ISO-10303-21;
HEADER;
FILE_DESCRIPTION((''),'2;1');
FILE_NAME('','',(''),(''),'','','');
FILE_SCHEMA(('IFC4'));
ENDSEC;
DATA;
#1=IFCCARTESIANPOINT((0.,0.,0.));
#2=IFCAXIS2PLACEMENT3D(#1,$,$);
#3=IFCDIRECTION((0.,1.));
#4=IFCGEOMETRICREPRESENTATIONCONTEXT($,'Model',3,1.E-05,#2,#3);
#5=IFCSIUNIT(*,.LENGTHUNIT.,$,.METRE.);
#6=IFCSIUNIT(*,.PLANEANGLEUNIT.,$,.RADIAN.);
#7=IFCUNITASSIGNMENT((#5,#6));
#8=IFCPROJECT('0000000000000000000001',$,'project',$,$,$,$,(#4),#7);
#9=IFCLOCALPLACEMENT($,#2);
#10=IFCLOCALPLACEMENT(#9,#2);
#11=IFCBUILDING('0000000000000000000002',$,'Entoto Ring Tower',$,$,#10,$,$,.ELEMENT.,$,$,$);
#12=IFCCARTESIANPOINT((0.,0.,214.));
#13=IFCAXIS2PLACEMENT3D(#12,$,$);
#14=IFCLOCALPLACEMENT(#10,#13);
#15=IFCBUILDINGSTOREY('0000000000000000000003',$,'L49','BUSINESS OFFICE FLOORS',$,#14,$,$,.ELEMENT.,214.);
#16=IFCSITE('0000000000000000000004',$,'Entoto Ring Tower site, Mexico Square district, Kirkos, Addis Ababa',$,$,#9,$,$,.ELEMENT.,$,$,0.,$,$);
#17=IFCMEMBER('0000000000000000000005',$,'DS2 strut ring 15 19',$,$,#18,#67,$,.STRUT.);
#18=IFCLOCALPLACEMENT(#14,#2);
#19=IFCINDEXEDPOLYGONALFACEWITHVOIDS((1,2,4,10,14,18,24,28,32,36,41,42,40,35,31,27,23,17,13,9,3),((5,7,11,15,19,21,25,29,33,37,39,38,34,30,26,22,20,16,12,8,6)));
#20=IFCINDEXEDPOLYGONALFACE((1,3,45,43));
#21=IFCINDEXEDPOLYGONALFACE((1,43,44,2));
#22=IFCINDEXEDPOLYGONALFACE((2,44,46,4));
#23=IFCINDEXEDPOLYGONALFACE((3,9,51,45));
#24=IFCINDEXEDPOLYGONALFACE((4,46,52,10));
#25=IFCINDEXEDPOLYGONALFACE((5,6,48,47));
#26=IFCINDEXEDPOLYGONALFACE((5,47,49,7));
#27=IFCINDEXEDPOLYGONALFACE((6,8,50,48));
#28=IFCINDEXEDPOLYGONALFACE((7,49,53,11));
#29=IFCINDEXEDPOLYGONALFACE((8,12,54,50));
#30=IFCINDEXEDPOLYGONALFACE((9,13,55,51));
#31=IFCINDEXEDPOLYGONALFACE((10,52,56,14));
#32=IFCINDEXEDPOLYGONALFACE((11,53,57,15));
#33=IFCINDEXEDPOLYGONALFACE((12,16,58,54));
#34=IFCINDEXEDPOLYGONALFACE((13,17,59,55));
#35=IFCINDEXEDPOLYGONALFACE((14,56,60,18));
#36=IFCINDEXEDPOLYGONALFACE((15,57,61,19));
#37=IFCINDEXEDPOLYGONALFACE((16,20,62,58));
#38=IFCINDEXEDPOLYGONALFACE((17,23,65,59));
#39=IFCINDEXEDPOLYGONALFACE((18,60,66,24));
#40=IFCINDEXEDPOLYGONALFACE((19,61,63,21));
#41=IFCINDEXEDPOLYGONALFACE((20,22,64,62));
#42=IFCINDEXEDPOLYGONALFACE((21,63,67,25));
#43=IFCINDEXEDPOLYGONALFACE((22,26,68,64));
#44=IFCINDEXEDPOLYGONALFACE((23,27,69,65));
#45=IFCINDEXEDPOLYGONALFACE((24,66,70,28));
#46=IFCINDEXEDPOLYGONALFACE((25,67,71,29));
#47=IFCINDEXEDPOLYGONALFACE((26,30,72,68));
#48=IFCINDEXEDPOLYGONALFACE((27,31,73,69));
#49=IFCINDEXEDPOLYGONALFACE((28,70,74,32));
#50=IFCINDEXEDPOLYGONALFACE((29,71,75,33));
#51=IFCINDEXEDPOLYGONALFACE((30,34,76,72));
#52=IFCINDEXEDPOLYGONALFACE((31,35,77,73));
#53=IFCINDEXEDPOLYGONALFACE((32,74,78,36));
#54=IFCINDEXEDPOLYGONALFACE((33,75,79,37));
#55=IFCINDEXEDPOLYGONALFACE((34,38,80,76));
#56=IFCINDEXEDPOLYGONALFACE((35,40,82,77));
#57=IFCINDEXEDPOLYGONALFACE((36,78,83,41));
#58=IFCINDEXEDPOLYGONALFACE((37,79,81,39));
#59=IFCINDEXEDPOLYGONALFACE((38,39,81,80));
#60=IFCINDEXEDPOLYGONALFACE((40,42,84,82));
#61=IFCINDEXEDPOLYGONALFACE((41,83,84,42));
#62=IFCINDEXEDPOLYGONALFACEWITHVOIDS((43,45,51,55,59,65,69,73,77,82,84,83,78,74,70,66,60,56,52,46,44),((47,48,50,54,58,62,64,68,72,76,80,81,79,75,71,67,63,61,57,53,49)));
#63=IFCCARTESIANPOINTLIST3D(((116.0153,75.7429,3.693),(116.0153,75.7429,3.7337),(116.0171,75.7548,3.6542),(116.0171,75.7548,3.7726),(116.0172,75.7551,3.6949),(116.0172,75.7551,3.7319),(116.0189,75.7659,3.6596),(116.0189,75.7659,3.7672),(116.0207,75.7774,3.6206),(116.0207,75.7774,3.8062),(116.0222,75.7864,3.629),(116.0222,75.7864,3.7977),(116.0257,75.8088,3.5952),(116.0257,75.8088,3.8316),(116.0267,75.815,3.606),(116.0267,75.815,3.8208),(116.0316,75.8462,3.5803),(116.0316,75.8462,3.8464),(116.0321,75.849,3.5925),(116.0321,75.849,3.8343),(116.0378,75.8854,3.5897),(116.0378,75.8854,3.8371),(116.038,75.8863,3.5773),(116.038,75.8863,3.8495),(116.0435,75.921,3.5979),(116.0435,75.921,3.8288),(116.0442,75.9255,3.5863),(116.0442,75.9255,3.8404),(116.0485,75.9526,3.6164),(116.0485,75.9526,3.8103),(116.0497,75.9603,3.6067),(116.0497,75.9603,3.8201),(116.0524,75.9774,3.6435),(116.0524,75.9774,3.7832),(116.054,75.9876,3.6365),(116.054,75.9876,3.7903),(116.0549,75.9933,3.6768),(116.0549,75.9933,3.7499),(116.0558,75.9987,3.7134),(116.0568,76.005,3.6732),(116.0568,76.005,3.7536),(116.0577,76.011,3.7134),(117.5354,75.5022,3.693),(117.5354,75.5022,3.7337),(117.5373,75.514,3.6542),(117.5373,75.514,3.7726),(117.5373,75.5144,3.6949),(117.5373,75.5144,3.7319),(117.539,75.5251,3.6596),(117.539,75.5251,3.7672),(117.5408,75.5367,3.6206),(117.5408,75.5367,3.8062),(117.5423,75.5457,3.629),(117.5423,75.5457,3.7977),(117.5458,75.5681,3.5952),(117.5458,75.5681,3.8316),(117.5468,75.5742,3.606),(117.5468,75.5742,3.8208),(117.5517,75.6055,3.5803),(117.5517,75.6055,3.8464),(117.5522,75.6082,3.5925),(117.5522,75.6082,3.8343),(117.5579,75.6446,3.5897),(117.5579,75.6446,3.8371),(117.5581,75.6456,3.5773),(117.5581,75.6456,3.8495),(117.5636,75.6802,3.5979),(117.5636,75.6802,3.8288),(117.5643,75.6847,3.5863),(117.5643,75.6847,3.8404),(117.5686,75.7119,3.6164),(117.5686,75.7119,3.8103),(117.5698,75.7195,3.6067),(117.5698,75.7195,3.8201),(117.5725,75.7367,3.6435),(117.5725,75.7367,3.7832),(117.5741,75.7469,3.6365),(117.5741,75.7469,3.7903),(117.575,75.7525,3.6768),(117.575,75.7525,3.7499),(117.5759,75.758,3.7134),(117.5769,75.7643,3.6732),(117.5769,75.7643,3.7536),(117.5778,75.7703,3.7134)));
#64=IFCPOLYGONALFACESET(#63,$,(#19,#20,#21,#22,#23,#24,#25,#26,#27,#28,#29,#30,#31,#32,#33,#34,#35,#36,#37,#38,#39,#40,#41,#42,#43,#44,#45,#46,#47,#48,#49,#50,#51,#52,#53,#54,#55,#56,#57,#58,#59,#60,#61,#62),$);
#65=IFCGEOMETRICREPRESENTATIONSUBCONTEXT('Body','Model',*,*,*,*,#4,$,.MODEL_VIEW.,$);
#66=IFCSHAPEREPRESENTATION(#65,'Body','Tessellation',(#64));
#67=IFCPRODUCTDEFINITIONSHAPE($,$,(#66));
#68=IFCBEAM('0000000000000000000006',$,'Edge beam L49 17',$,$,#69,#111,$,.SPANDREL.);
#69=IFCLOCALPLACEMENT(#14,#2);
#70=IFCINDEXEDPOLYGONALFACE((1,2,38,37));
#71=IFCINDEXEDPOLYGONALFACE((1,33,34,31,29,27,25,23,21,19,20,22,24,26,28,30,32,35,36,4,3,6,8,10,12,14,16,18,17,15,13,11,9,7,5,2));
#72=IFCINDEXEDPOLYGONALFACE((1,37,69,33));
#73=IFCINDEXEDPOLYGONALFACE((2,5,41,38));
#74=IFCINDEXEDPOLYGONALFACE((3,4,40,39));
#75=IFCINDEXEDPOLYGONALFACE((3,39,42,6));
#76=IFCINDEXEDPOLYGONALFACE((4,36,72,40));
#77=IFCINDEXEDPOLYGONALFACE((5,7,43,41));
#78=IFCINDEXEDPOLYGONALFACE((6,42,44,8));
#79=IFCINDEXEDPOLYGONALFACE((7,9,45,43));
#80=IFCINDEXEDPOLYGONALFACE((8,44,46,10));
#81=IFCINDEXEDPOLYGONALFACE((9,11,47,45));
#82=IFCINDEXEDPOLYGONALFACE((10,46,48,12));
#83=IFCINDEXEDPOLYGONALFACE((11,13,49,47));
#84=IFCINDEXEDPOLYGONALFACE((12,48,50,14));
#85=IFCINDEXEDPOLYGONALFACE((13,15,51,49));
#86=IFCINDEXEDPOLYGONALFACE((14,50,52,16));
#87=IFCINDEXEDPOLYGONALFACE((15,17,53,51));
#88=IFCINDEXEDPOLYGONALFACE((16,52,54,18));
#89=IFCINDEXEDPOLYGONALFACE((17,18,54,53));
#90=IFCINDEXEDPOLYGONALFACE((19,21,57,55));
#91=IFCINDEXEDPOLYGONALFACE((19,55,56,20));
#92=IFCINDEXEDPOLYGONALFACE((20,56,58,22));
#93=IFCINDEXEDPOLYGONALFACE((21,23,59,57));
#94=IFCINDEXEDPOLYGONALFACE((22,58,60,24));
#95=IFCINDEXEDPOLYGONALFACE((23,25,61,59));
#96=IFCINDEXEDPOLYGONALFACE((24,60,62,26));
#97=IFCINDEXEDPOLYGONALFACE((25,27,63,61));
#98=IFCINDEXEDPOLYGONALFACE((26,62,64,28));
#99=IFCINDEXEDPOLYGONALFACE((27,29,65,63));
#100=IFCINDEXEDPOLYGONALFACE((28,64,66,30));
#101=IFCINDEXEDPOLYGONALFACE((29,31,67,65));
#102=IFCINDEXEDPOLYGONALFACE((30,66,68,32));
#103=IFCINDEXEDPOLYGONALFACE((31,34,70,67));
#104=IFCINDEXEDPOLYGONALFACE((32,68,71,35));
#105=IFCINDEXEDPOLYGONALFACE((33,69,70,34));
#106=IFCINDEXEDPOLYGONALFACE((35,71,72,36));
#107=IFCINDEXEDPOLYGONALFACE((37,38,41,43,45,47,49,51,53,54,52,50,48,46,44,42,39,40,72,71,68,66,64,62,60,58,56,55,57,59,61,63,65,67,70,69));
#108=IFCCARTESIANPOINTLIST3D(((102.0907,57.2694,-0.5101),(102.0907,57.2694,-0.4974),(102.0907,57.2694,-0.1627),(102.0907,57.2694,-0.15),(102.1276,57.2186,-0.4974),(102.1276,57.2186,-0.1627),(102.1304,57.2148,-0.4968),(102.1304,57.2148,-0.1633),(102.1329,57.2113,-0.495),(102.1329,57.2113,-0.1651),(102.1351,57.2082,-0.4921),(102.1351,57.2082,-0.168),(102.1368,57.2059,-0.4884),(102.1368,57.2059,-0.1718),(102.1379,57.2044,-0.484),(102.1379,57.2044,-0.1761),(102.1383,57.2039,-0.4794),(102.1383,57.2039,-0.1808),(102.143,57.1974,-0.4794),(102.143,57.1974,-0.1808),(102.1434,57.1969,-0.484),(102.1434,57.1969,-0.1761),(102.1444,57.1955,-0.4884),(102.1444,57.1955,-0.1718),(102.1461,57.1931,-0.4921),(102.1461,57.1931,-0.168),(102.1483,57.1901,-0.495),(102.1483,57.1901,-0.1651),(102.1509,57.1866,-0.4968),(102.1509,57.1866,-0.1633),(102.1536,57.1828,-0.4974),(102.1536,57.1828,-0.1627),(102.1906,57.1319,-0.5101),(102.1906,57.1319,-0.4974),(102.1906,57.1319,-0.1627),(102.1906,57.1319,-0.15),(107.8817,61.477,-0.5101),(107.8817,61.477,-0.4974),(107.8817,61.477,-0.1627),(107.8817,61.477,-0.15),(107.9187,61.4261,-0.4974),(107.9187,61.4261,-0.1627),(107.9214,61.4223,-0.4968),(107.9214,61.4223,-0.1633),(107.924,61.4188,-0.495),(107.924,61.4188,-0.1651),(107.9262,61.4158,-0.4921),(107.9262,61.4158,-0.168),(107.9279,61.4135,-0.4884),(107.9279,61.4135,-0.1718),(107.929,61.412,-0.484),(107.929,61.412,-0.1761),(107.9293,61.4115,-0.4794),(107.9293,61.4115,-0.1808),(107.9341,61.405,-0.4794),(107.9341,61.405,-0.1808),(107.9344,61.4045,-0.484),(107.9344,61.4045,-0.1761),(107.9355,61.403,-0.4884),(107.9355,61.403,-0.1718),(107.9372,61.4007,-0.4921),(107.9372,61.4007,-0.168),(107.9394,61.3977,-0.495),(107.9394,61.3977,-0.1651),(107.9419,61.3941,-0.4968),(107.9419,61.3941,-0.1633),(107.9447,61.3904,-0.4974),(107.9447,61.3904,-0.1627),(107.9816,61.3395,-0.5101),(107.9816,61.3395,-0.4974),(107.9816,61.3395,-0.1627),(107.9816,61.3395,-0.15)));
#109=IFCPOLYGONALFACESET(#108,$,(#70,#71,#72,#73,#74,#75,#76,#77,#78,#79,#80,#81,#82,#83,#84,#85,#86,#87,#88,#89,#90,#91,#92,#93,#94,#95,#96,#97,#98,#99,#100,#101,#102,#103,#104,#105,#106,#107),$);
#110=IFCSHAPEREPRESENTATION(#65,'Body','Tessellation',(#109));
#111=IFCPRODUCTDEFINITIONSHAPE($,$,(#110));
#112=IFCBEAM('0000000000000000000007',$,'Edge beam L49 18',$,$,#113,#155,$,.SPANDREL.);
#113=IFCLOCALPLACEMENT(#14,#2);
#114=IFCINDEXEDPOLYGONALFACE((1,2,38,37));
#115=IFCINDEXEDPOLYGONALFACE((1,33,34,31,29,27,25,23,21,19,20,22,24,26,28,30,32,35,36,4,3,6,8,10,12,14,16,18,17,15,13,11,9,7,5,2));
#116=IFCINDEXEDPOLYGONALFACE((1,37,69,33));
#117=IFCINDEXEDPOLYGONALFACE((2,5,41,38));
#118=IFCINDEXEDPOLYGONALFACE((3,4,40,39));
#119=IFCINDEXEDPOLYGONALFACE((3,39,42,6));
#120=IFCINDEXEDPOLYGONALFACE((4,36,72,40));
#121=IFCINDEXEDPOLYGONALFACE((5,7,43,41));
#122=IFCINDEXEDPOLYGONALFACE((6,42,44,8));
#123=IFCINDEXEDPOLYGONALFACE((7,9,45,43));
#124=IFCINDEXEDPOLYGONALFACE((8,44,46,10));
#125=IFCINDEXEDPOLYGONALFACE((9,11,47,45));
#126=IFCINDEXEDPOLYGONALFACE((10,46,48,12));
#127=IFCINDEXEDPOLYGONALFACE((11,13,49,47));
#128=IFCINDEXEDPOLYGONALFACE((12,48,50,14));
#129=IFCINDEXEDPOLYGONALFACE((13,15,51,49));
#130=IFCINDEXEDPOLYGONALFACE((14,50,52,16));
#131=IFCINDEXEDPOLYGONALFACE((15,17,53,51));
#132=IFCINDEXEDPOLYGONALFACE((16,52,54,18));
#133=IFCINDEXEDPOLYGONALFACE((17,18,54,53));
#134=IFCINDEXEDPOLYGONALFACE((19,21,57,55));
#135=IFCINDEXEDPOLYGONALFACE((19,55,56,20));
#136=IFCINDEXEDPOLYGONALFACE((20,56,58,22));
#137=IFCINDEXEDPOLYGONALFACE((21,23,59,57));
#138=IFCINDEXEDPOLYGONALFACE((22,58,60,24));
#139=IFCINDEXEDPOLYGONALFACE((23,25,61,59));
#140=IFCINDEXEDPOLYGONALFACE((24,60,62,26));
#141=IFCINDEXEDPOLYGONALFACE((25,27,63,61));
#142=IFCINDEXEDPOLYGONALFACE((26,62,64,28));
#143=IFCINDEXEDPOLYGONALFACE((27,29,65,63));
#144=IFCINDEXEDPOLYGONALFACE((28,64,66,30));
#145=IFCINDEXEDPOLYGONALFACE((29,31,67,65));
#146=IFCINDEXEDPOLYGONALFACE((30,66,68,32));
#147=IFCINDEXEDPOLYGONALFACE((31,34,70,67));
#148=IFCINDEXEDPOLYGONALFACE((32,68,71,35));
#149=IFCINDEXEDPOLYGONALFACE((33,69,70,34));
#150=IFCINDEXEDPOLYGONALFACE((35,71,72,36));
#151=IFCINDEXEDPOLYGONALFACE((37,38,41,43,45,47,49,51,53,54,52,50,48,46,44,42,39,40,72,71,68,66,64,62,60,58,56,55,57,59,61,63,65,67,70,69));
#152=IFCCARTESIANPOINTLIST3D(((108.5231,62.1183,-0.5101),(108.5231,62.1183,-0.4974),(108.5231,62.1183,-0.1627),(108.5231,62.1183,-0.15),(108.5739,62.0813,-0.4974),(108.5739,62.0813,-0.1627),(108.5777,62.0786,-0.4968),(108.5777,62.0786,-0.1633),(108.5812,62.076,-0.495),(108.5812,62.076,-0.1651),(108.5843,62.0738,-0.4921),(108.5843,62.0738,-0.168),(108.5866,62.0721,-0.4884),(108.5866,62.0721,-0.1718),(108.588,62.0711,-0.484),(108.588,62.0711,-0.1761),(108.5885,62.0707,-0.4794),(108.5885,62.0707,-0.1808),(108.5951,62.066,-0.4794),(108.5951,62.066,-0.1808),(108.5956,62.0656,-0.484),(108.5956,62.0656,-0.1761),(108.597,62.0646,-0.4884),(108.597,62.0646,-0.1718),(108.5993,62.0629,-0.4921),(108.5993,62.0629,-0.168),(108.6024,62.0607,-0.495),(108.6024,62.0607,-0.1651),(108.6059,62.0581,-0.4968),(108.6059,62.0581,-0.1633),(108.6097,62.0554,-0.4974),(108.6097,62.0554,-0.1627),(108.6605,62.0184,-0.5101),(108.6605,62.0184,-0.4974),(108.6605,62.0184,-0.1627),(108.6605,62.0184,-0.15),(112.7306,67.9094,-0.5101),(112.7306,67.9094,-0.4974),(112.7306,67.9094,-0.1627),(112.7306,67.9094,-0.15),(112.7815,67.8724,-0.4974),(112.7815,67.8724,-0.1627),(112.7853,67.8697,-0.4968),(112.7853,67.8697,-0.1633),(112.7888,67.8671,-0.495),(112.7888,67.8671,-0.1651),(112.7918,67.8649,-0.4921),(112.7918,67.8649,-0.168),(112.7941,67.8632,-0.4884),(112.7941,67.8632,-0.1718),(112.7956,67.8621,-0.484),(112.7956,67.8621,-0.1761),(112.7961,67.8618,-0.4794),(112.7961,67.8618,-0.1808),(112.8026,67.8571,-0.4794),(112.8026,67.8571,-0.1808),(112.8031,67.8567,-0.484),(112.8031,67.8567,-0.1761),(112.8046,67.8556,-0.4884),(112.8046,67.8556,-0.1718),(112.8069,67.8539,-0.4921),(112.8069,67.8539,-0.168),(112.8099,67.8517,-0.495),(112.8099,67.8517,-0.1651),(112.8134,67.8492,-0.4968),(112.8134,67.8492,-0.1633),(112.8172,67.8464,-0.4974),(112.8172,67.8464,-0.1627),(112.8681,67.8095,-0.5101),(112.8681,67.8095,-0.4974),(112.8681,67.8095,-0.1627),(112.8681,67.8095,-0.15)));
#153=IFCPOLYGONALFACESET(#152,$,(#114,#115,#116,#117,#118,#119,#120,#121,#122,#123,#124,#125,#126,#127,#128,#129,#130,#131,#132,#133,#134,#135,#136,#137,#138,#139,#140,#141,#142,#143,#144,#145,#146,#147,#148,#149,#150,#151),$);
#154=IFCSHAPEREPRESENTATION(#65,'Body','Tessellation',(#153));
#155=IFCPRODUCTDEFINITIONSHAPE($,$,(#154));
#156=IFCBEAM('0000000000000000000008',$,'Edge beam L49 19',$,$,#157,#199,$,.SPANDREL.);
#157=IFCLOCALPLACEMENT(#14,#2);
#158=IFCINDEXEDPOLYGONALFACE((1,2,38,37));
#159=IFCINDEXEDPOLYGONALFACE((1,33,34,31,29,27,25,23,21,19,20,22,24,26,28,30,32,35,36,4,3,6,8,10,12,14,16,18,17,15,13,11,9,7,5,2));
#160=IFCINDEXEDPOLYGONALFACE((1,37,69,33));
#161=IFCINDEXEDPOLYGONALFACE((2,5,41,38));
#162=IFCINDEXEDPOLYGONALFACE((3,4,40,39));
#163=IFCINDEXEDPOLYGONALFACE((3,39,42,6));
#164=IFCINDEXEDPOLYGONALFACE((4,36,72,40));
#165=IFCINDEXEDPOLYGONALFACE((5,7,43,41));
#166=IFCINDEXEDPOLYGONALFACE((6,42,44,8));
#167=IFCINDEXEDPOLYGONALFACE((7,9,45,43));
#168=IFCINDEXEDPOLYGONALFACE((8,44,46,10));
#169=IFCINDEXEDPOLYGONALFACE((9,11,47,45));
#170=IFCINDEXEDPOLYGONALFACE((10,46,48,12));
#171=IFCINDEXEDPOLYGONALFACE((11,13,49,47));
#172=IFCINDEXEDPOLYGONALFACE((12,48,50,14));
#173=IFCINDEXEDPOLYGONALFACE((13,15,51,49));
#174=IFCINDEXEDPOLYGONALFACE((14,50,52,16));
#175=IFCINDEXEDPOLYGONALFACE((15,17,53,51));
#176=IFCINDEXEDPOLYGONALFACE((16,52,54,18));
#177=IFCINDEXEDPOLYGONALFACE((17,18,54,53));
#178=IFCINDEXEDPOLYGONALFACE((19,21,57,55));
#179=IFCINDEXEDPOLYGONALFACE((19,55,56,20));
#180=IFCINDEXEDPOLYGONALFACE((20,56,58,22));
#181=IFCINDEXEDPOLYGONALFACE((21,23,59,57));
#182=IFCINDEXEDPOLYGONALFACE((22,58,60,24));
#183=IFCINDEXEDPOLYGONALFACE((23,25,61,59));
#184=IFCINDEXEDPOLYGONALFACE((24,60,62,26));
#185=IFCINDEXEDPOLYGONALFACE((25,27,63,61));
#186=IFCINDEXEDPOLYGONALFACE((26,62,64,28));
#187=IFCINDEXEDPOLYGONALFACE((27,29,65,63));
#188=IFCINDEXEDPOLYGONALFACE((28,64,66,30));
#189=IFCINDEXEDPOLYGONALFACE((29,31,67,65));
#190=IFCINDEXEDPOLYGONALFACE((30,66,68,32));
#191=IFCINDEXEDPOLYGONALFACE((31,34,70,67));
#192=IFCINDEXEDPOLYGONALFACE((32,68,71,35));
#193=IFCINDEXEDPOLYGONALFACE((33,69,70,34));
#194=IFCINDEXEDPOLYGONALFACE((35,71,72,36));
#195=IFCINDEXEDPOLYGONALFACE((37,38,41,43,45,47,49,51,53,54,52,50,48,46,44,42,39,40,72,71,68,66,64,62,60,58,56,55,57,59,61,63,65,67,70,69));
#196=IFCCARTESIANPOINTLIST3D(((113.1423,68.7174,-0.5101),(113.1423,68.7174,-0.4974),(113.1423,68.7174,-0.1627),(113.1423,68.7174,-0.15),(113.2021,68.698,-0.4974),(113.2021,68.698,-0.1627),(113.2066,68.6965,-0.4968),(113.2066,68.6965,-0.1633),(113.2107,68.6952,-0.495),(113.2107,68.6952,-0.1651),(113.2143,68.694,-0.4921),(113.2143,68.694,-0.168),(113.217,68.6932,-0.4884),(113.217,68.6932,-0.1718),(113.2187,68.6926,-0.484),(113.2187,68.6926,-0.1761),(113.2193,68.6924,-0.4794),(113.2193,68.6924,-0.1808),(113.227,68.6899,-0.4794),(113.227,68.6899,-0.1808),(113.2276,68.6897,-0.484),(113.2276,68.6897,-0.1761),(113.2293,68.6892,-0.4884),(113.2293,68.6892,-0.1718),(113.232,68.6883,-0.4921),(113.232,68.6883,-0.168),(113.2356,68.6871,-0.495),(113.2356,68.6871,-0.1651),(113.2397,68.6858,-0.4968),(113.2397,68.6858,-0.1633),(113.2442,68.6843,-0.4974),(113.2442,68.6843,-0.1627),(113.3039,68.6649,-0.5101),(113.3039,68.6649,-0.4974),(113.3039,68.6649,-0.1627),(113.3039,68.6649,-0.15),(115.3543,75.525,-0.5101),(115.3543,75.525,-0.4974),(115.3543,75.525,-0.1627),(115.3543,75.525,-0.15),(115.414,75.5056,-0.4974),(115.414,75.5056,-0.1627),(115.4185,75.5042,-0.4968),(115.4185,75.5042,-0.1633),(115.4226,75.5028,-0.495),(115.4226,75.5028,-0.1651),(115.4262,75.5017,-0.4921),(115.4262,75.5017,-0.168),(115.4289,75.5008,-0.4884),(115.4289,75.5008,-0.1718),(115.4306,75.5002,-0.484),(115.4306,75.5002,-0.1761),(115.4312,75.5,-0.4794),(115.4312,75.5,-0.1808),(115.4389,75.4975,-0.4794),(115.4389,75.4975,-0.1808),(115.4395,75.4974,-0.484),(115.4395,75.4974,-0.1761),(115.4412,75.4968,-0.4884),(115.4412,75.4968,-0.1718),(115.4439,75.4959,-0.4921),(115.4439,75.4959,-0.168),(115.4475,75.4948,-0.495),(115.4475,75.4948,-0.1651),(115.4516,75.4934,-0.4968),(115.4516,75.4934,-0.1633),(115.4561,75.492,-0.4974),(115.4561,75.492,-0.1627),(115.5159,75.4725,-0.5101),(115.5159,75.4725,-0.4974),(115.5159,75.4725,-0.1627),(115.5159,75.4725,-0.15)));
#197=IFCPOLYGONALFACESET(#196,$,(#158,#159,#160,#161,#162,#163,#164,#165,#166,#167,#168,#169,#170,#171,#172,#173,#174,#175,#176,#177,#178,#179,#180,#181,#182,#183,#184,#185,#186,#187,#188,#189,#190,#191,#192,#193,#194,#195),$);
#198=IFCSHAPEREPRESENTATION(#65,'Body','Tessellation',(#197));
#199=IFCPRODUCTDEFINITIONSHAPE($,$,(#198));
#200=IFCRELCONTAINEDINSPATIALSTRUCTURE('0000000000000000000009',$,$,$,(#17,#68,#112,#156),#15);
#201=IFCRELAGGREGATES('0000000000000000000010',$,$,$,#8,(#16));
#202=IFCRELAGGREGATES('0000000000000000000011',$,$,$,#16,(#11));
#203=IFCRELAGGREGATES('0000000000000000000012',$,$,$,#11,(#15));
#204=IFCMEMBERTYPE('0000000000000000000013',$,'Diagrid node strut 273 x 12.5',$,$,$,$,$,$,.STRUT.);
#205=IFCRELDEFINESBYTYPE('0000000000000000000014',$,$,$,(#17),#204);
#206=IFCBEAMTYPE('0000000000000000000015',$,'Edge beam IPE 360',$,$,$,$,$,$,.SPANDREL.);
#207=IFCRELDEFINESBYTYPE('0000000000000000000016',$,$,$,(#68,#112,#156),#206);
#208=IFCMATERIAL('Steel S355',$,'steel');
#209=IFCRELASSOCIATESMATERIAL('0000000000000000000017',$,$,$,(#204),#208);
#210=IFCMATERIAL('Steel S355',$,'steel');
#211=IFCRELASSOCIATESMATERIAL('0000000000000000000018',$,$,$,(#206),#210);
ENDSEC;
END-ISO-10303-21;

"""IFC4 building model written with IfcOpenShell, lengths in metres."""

from ifc_helpers import new_model, si_unit, direction, frame, origin, origin_2d, place, context, subcontext, project, spatial, circle, hollow_circle, i_section, extrude, material, material_profile, profile_set, type_object, element, save


model = new_model("IFC4")

# Units and contexts
model_context = context("Model", 3, precision=1e-05, world=origin(), true_north=direction((0.0, 1.0)))
body_context = subcontext(model_context, "Body", "Model", "MODEL_VIEW")
ifc_project = project(units=[si_unit("LENGTHUNIT", "METRE"), si_unit("PLANEANGLEUNIT", "RADIAN")], contexts=[model_context])

# Site, building, storey
site_placement = place(None, origin())
site = spatial("IfcSite", under=ifc_project, at=site_placement, Name="Entoto Ring Tower site, Mexico Square district, Kirkos, Addis Ababa", CompositionType="ELEMENT", RefElevation=0.0)
building_placement = place(site_placement, origin())
building = spatial("IfcBuilding", under=site, at=building_placement, Name="Entoto Ring Tower", CompositionType="ELEMENT")
storey_placement = place(building_placement, frame((0.0, 0.0, 214.0)))
storey = spatial("IfcBuildingStorey", under=building, at=storey_placement, Name="L49", Description="BUSINESS OFFICE FLOORS", CompositionType="ELEMENT", Elevation=214.0)

# Member
ifc_material_1 = material(Name="Steel S355", Category="steel")
ifc_material_profile_1 = material_profile(ifc_material_1, hollow_circle(Radius=0.1365, WallThickness=0.0125, at=origin_2d()), Name="CHS 273 x 12.5")
ifc_material_2 = material(Name="Concrete C60/75", Category="concrete")
ifc_material_profile_2 = material_profile(ifc_material_2, circle(Radius=0.124, at=origin_2d()), Name="Concrete C60/75 infill")
ifc_profile_set_1 = profile_set([ifc_material_profile_1, ifc_material_profile_2], Name="Steel S355")
member_type = type_object("IfcMemberType", Name="Diagrid node strut 273 x 12.5", PredefinedType="STRUT", material=ifc_profile_set_1)
for number, where, z_axis, x_axis, name in (
    (1, (116.0364, 75.8762, 3.7134), (0.987691, -0.156419, 0.0), (0.156419, 0.987691, 0.0), "DS2 strut ring 15 19"),
):
    element("IfcMember", number, at=place(storey_placement, frame(where, z_axis=z_axis, x_axis=x_axis)), inside=storey, type_object=member_type, Name=name, PredefinedType="STRUT", context=body_context, shape_type="SweptSolid", body=[
        extrude(hollow_circle(Radius=0.1365, WallThickness=0.0125, at=origin_2d()), origin(), (0.0, 0.0, 1.0), 1.5391),
    ])

# Beams
ifc_material_3 = material(Name="Steel S355", Category="steel")
ifc_material_profile_3 = material_profile(ifc_material_3, i_section(OverallWidth=0.1699, OverallDepth=0.3601, WebThickness=0.0081, FlangeThickness=0.0127, FilletRadius=0.0181, at=origin_2d()), Name="IPE 360")
ifc_profile_set_2 = profile_set([ifc_material_profile_3], Name="Steel S355")
beam_type_1 = type_object("IfcBeamType", Name="Edge beam IPE 360", PredefinedType="SPANDREL", material=ifc_profile_set_2)
for number, where, z_axis, x_axis, name in (
    (2, (102.1406, 57.2007, -0.3301), (0.80901, 0.587794, 0.0), (-0.587794, 0.80901, 0.0), "Edge beam L49 17"),
    (3, (108.5918, 62.0684, -0.3301), (0.587794, 0.80901, 0.0), (-0.80901, 0.587794, 0.0), "Edge beam L49 18"),
):
    element("IfcBeam", number, at=place(storey_placement, frame(where, z_axis=z_axis, x_axis=x_axis)), inside=storey, type_object=beam_type_1, Name=name, PredefinedType="SPANDREL", context=body_context, shape_type="SweptSolid", body=[
        extrude(i_section(OverallWidth=0.1699, OverallDepth=0.3601, WebThickness=0.0081, FlangeThickness=0.0127, FilletRadius=0.0181, at=origin_2d()), origin(), (0.0, 0.0, 1.0), 7.1582),
    ])
beam_1_placement = place(storey_placement, frame((113.2231, 68.6912, -0.3301), z_axis=(0.309015, 0.951057, 0.0), x_axis=(-0.951057, 0.309015, 0.0)))
element("IfcBeam", 4, at=beam_1_placement, inside=storey, type_object=beam_type_1, Name="Edge beam L49 19", PredefinedType="SPANDREL", context=body_context, shape_type="SweptSolid", body=[
    extrude(i_section(OverallWidth=0.1699, OverallDepth=0.3601, WebThickness=0.0081, FlangeThickness=0.0127, FilletRadius=0.0181, at=origin_2d()), origin(), (0.0, 0.0, 1.0), 7.158),
])

save(model, "model.ifc")
